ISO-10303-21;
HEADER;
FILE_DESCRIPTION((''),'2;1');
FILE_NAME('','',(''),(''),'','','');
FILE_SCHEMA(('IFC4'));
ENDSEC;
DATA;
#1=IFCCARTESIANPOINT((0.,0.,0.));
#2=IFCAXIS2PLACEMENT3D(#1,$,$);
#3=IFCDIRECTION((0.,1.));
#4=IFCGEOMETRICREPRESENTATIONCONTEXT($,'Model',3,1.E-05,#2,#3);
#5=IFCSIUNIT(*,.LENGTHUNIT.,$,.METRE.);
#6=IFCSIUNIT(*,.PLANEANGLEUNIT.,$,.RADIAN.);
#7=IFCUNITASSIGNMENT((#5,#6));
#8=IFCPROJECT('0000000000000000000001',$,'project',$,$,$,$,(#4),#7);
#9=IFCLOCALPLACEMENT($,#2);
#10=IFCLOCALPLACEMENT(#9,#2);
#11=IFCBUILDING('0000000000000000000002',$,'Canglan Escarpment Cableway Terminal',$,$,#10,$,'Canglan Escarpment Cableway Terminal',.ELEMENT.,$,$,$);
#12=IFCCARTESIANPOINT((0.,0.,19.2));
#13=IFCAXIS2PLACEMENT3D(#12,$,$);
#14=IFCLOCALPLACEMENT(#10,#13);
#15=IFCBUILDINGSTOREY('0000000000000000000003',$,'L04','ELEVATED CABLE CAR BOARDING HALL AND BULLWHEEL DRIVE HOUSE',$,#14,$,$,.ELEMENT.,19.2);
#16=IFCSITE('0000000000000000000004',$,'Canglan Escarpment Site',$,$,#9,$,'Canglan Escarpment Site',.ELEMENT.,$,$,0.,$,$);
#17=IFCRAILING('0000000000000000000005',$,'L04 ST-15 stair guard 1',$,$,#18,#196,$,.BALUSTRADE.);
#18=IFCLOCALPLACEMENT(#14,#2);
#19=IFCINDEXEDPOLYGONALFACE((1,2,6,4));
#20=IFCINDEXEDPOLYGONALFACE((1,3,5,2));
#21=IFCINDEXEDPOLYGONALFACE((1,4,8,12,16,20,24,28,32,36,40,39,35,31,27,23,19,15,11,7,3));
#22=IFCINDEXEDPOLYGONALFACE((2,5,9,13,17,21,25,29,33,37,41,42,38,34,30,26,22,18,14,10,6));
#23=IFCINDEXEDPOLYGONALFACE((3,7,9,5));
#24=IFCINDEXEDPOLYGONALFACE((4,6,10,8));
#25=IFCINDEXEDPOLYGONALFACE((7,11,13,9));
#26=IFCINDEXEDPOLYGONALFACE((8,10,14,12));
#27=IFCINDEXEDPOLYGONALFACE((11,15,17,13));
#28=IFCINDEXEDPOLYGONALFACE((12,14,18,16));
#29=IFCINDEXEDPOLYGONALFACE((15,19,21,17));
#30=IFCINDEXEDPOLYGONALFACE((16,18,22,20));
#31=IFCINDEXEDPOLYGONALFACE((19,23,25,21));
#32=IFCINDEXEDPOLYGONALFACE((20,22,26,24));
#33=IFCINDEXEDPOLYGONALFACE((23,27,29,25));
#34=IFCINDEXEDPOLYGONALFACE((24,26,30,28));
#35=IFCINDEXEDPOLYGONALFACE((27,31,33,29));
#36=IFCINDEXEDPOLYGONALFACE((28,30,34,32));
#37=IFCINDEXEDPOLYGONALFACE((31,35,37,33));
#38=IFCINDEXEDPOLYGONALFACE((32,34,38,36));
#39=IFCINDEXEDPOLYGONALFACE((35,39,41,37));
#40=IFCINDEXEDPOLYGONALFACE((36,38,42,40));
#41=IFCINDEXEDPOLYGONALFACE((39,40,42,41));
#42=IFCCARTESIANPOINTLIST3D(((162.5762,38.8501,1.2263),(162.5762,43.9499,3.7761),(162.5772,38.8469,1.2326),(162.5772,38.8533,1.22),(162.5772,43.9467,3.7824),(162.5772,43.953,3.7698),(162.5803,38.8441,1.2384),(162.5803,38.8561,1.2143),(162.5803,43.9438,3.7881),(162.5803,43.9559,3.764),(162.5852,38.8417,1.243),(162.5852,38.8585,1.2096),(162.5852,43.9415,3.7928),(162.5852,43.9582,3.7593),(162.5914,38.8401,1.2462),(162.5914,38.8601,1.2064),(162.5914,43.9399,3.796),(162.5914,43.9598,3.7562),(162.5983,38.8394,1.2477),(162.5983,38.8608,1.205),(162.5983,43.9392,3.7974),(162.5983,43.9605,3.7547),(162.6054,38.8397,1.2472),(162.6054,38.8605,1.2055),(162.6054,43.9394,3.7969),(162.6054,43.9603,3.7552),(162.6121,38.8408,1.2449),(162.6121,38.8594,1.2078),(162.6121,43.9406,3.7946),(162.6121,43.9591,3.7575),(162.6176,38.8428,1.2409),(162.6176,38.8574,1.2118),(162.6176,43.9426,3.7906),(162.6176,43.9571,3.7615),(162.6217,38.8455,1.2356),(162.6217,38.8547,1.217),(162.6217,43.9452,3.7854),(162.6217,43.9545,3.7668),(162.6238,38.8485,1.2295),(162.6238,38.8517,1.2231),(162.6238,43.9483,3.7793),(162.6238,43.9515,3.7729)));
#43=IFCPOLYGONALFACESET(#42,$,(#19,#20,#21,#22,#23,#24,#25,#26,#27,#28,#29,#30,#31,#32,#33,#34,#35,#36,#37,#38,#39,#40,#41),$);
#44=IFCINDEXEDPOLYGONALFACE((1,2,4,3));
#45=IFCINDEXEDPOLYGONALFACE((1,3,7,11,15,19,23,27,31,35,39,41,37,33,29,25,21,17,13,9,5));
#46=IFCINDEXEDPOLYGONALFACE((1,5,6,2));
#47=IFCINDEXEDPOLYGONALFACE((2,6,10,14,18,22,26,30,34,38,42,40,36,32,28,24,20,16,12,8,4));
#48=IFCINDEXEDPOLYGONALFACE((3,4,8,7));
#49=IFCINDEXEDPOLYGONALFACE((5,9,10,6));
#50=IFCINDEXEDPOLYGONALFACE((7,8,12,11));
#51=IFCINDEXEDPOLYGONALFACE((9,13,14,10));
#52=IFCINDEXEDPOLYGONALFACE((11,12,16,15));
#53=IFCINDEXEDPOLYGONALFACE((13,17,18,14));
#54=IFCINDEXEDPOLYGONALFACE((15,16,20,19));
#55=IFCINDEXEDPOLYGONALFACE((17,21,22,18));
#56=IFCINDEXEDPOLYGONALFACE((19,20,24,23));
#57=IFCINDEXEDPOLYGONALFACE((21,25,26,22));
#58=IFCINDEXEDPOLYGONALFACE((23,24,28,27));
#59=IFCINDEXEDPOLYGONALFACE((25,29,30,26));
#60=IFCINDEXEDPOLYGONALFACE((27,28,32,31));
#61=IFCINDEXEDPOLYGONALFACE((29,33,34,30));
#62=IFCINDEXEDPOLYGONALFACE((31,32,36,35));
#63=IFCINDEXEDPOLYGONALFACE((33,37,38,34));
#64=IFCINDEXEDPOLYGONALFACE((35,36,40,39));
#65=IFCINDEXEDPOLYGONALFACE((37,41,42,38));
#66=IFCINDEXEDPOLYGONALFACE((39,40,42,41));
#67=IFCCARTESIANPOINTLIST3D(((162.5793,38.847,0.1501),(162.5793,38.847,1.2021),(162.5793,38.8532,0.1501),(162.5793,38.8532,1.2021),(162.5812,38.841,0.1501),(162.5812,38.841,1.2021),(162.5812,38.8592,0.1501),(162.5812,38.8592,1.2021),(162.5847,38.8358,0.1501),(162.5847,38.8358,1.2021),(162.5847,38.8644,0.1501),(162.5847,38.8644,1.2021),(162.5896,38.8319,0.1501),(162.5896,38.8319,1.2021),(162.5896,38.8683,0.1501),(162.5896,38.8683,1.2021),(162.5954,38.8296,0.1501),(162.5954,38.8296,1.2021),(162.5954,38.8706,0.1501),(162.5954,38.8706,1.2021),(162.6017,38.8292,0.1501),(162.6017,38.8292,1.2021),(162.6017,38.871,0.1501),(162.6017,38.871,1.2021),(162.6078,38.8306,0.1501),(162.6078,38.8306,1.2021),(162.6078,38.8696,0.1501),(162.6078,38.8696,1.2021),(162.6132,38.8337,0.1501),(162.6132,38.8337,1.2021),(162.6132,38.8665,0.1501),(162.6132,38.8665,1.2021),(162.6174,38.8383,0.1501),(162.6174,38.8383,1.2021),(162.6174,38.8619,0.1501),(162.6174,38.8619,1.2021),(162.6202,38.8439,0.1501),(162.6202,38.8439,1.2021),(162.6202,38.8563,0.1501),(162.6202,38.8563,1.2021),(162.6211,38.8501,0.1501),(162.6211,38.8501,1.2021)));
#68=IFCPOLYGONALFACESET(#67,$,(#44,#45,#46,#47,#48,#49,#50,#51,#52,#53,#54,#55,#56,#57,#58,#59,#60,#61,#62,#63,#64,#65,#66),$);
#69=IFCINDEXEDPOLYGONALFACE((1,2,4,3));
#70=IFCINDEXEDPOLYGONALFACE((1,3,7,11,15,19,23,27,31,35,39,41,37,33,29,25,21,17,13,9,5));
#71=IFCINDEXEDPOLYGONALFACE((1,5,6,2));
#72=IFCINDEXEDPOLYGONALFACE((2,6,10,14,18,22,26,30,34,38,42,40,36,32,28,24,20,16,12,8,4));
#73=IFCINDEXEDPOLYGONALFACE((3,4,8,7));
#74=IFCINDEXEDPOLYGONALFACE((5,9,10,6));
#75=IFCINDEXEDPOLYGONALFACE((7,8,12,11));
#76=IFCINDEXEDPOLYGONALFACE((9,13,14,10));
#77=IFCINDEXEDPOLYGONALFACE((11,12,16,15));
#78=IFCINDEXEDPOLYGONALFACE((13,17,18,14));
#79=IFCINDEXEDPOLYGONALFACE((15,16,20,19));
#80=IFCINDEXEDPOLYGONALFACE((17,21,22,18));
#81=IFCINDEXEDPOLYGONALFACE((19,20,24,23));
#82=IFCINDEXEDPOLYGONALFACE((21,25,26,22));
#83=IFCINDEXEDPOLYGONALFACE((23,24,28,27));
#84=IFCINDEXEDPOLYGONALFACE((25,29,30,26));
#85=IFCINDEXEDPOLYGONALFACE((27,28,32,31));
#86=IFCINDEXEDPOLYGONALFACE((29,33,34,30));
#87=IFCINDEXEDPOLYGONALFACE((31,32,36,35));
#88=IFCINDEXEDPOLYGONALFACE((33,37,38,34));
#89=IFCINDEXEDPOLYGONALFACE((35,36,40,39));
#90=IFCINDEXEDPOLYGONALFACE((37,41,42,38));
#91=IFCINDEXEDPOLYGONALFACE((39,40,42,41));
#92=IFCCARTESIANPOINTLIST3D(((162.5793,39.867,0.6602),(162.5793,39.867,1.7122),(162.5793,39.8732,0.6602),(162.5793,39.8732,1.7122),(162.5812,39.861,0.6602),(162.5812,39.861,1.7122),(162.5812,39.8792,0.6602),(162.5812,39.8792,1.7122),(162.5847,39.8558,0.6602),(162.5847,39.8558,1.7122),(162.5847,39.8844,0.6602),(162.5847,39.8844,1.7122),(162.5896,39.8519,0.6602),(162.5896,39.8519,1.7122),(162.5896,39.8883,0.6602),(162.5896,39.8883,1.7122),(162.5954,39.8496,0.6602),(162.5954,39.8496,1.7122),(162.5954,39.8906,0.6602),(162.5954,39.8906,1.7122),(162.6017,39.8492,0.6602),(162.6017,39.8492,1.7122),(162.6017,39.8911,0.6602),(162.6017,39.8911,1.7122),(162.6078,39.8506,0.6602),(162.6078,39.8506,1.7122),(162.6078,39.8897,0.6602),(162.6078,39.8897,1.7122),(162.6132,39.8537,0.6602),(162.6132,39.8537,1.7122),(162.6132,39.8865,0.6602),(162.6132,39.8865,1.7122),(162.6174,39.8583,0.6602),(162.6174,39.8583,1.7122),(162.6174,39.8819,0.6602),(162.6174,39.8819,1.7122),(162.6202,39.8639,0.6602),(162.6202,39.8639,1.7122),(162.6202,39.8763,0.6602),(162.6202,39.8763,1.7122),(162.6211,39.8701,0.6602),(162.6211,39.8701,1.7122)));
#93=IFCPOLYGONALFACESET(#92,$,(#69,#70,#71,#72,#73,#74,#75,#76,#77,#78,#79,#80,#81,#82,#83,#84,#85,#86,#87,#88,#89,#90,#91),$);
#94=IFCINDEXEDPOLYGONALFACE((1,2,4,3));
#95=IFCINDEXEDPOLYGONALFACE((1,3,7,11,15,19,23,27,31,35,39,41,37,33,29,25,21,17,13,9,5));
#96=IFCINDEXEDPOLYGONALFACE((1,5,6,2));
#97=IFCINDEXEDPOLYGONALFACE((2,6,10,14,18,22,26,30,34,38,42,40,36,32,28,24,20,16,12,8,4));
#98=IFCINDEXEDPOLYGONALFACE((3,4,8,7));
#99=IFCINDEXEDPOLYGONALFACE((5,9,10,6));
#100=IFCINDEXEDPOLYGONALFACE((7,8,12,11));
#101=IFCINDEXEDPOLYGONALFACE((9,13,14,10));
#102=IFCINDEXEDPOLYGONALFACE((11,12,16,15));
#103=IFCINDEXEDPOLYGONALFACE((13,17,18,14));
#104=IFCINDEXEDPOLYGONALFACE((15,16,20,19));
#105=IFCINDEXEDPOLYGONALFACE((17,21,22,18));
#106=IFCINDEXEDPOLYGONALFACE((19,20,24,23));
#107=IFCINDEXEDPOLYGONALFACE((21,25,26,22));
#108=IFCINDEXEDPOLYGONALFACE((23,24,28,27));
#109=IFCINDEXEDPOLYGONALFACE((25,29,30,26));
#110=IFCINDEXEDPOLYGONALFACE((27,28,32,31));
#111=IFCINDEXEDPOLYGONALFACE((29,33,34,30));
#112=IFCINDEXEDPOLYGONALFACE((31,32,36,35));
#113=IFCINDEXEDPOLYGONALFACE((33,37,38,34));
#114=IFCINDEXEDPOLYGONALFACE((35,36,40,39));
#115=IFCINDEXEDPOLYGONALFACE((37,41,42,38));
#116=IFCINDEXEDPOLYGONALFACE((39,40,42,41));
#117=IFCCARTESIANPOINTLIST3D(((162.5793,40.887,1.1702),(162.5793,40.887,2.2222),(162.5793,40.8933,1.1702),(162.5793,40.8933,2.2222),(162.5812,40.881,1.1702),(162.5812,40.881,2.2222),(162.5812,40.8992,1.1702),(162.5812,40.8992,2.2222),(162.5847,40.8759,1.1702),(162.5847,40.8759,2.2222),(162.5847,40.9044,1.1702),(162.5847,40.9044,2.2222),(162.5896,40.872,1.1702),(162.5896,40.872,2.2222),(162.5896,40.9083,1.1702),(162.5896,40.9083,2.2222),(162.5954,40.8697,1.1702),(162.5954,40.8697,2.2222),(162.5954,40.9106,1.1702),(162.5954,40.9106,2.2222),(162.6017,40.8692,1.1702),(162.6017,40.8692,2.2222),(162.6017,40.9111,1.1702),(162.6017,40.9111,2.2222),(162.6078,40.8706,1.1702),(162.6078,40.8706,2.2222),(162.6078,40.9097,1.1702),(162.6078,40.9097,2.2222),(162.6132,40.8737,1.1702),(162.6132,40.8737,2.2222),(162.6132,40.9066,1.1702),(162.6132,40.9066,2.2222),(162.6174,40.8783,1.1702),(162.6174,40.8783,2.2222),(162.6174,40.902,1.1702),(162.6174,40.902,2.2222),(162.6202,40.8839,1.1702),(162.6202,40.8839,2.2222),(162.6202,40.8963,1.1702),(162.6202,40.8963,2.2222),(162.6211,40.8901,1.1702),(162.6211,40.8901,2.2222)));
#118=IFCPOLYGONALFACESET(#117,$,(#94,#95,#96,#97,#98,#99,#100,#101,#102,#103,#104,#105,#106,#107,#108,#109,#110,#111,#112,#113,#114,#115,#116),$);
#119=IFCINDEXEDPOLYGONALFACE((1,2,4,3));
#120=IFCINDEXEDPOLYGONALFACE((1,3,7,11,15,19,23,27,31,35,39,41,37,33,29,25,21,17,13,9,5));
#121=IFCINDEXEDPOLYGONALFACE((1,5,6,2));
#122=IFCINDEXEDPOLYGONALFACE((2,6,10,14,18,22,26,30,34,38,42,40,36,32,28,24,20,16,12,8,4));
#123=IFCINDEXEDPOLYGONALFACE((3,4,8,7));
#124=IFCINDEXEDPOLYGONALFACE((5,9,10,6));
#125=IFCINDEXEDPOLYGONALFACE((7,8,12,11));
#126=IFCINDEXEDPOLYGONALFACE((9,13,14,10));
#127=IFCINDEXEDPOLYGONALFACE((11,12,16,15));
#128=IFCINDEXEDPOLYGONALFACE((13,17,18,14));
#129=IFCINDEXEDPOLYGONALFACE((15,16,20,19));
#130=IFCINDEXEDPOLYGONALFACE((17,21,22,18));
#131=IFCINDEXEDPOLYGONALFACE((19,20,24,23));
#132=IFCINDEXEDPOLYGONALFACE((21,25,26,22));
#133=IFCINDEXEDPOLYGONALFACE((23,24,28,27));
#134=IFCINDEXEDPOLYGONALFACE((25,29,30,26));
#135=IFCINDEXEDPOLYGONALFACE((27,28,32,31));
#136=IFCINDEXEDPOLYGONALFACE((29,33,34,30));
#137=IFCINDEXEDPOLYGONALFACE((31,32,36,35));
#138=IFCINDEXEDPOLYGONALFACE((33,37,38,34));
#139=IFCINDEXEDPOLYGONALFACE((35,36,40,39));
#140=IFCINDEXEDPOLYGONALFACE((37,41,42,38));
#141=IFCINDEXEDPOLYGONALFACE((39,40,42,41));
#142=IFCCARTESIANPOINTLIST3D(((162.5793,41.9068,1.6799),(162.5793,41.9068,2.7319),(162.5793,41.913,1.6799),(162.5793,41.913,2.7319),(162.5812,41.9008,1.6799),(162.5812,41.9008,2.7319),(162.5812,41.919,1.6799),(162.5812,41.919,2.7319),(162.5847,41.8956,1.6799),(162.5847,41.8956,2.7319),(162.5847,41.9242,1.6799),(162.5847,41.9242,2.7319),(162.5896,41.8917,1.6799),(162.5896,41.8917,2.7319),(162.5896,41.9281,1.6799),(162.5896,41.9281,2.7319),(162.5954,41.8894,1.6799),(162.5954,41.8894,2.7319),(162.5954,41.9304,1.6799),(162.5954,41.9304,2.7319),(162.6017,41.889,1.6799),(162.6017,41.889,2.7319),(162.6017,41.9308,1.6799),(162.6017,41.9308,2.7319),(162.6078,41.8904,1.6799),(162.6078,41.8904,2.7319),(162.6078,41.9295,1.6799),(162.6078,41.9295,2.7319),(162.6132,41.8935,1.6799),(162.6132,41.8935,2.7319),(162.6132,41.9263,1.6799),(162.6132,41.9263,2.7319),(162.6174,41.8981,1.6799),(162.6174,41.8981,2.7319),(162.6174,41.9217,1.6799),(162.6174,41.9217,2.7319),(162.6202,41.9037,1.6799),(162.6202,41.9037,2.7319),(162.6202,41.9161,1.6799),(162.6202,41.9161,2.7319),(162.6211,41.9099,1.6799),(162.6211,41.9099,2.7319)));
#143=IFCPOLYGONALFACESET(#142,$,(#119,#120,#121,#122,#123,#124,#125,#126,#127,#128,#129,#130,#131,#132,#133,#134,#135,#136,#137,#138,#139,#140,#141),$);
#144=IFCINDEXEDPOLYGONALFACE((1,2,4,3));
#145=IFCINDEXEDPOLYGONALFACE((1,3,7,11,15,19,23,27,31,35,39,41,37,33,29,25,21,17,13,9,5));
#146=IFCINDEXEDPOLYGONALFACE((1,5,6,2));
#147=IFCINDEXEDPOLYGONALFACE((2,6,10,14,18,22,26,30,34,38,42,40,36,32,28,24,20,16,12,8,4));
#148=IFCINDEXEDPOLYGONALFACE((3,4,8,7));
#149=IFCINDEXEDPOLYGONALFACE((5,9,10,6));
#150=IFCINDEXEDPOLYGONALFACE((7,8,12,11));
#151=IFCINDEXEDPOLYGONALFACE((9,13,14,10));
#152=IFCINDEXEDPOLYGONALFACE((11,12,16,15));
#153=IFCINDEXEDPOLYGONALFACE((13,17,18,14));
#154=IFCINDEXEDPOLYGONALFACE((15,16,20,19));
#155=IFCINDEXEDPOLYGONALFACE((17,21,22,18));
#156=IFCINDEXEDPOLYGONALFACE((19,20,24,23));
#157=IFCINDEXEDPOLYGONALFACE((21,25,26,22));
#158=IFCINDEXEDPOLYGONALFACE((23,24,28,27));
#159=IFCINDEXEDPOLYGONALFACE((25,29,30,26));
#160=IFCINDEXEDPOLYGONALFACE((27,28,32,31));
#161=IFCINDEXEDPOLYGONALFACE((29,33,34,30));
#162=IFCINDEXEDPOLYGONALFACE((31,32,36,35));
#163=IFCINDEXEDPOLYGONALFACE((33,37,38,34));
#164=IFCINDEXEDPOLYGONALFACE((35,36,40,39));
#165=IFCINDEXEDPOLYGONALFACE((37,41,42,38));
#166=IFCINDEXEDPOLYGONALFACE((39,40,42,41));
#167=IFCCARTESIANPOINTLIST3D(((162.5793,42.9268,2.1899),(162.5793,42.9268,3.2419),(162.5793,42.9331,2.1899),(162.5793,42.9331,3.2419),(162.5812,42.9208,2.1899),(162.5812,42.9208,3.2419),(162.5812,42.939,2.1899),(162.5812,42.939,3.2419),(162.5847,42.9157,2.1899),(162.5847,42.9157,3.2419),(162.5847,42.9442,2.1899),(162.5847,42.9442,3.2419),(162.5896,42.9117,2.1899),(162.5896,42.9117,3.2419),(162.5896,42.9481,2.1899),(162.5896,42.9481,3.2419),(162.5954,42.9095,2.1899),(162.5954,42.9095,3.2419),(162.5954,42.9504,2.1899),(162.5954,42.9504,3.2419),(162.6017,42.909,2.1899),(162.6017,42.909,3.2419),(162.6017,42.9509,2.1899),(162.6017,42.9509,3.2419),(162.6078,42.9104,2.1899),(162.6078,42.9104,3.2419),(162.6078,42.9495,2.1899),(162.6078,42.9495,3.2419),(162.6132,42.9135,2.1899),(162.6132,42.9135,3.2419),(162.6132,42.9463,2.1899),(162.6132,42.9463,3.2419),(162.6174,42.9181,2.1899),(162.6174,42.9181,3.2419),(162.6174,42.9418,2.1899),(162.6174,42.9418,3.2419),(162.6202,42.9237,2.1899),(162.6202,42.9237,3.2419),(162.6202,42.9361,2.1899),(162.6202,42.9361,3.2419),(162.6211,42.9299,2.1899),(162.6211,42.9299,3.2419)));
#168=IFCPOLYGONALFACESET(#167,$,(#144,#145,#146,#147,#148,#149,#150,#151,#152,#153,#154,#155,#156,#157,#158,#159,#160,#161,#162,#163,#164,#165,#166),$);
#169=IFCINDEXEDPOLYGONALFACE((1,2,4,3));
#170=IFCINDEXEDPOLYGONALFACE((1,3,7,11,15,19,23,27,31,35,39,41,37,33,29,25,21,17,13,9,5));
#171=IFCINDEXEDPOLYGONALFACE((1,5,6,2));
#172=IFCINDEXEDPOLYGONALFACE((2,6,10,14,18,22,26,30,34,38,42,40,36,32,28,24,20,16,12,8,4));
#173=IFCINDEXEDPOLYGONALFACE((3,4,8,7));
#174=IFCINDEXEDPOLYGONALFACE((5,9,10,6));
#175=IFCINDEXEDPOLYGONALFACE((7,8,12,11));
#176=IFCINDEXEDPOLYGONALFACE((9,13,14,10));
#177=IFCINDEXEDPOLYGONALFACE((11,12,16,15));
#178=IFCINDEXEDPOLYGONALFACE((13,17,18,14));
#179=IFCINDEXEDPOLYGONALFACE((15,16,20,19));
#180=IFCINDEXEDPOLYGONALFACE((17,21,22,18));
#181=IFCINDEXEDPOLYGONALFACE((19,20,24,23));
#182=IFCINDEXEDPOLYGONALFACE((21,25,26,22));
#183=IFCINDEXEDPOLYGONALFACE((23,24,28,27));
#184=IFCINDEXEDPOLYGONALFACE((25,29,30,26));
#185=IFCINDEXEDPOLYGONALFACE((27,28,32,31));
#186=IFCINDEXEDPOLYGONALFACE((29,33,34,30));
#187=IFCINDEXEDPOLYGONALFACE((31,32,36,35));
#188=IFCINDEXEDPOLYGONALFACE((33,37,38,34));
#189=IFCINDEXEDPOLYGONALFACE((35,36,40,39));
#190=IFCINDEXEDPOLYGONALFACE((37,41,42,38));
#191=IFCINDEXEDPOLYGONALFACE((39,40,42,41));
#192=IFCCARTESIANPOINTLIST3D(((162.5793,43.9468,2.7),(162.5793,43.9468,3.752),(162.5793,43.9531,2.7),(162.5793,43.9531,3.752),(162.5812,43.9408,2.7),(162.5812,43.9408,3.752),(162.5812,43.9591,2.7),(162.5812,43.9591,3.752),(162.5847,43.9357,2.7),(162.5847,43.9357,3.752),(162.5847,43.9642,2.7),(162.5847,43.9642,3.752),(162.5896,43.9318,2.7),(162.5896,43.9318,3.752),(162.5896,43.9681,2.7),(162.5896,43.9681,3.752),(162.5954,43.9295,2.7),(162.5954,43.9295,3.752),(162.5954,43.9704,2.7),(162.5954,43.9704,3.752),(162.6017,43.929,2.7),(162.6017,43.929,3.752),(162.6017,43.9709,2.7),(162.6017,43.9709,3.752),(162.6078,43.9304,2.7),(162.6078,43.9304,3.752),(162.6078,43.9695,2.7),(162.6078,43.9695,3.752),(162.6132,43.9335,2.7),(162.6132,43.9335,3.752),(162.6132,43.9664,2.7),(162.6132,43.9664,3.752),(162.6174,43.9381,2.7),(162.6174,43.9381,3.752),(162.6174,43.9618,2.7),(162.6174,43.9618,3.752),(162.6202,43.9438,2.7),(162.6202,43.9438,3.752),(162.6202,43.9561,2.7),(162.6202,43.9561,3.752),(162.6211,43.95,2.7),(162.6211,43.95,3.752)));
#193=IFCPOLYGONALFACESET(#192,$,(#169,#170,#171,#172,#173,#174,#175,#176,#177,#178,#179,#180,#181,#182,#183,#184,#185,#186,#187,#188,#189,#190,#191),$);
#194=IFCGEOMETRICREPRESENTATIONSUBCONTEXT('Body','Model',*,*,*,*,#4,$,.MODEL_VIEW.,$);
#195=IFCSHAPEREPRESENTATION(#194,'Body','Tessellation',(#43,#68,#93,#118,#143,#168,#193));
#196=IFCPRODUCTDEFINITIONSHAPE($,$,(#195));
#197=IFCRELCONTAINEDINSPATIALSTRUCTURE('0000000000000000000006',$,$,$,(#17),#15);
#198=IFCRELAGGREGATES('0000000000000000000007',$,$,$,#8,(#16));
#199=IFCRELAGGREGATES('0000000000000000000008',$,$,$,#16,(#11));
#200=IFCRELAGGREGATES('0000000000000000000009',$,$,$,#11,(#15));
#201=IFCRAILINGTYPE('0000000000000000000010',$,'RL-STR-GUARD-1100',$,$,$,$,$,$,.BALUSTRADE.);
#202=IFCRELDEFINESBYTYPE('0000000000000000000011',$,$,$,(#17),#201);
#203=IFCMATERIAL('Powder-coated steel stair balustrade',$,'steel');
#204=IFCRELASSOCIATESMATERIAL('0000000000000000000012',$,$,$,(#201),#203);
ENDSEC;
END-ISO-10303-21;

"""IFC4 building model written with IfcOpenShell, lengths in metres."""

from ifc_helpers import new_model, si_unit, direction, frame, origin, origin_2d, place, context, subcontext, project, spatial, circle, extrude, material, type_object, element, save


model = new_model("IFC4")

# Units and contexts
model_context = context("Model", 3, precision=1e-05, world=origin(), true_north=direction((0.0, 1.0)))
body_context = subcontext(model_context, "Body", "Model", "MODEL_VIEW")
ifc_project = project(units=[si_unit("LENGTHUNIT", "METRE"), si_unit("PLANEANGLEUNIT", "RADIAN")], contexts=[model_context])

# Site, building, storey
site_placement = place(None, origin())
site = spatial("IfcSite", under=ifc_project, at=site_placement, Name="Canglan Escarpment Site", LongName="Canglan Escarpment Site", CompositionType="ELEMENT", RefElevation=0.0)
building_placement = place(site_placement, origin())
building = spatial("IfcBuilding", under=site, at=building_placement, Name="Canglan Escarpment Cableway Terminal", LongName="Canglan Escarpment Cableway Terminal", CompositionType="ELEMENT")
storey_placement = place(building_placement, frame((0.0, 0.0, 19.2)))
storey = spatial("IfcBuildingStorey", under=building, at=storey_placement, Name="L04", Description="ELEVATED CABLE CAR BOARDING HALL AND BULLWHEEL DRIVE HOUSE", CompositionType="ELEMENT", Elevation=19.2)

# Railing
ifc_material_1 = material(Name="Powder-coated steel stair balustrade", Category="steel")
railing_type_1 = type_object("IfcRailingType", Name="RL-STR-GUARD-1100", PredefinedType="BALUSTRADE", material=ifc_material_1)
railing_1_placement = place(storey_placement, frame((162.6001, 38.8501, 0.1501)))
element("IfcRailing", 1, at=railing_1_placement, inside=storey, type_object=railing_type_1, Name="L04 ST-15 stair guard 1", PredefinedType="BALUSTRADE", context=body_context, shape_type="SweptSolid", body=[
    extrude(circle(Radius=0.0239, at=origin_2d()), frame((0.0, 0.0, 1.0762), z_axis=(0.0, 0.894436, 0.447196), x_axis=(-1.0, 0.0, 0.0)), (0.0, 0.0, 1.0), 5.7017),
    extrude(circle(Radius=0.021, at=origin_2d()), origin(), (0.0, 0.0, 1.0), 1.052),
    extrude(circle(Radius=0.021, at=origin_2d()), frame((0.0, 1.02, 0.51)), (0.0, 0.0, 1.0), 1.052),
    extrude(circle(Radius=0.021, at=origin_2d()), frame((0.0, 2.04, 1.02)), (0.0, 0.0, 1.0), 1.052),
    extrude(circle(Radius=0.021, at=origin_2d()), frame((0.0, 3.0598, 1.5298)), (0.0, 0.0, 1.0), 1.052),
    extrude(circle(Radius=0.021, at=origin_2d()), frame((0.0, 4.0798, 2.0398)), (0.0, 0.0, 1.0), 1.052),
    extrude(circle(Radius=0.021, at=origin_2d()), frame((0.0, 5.0999, 2.5498)), (0.0, 0.0, 1.0), 1.052),
])

save(model, "model.ifc")
